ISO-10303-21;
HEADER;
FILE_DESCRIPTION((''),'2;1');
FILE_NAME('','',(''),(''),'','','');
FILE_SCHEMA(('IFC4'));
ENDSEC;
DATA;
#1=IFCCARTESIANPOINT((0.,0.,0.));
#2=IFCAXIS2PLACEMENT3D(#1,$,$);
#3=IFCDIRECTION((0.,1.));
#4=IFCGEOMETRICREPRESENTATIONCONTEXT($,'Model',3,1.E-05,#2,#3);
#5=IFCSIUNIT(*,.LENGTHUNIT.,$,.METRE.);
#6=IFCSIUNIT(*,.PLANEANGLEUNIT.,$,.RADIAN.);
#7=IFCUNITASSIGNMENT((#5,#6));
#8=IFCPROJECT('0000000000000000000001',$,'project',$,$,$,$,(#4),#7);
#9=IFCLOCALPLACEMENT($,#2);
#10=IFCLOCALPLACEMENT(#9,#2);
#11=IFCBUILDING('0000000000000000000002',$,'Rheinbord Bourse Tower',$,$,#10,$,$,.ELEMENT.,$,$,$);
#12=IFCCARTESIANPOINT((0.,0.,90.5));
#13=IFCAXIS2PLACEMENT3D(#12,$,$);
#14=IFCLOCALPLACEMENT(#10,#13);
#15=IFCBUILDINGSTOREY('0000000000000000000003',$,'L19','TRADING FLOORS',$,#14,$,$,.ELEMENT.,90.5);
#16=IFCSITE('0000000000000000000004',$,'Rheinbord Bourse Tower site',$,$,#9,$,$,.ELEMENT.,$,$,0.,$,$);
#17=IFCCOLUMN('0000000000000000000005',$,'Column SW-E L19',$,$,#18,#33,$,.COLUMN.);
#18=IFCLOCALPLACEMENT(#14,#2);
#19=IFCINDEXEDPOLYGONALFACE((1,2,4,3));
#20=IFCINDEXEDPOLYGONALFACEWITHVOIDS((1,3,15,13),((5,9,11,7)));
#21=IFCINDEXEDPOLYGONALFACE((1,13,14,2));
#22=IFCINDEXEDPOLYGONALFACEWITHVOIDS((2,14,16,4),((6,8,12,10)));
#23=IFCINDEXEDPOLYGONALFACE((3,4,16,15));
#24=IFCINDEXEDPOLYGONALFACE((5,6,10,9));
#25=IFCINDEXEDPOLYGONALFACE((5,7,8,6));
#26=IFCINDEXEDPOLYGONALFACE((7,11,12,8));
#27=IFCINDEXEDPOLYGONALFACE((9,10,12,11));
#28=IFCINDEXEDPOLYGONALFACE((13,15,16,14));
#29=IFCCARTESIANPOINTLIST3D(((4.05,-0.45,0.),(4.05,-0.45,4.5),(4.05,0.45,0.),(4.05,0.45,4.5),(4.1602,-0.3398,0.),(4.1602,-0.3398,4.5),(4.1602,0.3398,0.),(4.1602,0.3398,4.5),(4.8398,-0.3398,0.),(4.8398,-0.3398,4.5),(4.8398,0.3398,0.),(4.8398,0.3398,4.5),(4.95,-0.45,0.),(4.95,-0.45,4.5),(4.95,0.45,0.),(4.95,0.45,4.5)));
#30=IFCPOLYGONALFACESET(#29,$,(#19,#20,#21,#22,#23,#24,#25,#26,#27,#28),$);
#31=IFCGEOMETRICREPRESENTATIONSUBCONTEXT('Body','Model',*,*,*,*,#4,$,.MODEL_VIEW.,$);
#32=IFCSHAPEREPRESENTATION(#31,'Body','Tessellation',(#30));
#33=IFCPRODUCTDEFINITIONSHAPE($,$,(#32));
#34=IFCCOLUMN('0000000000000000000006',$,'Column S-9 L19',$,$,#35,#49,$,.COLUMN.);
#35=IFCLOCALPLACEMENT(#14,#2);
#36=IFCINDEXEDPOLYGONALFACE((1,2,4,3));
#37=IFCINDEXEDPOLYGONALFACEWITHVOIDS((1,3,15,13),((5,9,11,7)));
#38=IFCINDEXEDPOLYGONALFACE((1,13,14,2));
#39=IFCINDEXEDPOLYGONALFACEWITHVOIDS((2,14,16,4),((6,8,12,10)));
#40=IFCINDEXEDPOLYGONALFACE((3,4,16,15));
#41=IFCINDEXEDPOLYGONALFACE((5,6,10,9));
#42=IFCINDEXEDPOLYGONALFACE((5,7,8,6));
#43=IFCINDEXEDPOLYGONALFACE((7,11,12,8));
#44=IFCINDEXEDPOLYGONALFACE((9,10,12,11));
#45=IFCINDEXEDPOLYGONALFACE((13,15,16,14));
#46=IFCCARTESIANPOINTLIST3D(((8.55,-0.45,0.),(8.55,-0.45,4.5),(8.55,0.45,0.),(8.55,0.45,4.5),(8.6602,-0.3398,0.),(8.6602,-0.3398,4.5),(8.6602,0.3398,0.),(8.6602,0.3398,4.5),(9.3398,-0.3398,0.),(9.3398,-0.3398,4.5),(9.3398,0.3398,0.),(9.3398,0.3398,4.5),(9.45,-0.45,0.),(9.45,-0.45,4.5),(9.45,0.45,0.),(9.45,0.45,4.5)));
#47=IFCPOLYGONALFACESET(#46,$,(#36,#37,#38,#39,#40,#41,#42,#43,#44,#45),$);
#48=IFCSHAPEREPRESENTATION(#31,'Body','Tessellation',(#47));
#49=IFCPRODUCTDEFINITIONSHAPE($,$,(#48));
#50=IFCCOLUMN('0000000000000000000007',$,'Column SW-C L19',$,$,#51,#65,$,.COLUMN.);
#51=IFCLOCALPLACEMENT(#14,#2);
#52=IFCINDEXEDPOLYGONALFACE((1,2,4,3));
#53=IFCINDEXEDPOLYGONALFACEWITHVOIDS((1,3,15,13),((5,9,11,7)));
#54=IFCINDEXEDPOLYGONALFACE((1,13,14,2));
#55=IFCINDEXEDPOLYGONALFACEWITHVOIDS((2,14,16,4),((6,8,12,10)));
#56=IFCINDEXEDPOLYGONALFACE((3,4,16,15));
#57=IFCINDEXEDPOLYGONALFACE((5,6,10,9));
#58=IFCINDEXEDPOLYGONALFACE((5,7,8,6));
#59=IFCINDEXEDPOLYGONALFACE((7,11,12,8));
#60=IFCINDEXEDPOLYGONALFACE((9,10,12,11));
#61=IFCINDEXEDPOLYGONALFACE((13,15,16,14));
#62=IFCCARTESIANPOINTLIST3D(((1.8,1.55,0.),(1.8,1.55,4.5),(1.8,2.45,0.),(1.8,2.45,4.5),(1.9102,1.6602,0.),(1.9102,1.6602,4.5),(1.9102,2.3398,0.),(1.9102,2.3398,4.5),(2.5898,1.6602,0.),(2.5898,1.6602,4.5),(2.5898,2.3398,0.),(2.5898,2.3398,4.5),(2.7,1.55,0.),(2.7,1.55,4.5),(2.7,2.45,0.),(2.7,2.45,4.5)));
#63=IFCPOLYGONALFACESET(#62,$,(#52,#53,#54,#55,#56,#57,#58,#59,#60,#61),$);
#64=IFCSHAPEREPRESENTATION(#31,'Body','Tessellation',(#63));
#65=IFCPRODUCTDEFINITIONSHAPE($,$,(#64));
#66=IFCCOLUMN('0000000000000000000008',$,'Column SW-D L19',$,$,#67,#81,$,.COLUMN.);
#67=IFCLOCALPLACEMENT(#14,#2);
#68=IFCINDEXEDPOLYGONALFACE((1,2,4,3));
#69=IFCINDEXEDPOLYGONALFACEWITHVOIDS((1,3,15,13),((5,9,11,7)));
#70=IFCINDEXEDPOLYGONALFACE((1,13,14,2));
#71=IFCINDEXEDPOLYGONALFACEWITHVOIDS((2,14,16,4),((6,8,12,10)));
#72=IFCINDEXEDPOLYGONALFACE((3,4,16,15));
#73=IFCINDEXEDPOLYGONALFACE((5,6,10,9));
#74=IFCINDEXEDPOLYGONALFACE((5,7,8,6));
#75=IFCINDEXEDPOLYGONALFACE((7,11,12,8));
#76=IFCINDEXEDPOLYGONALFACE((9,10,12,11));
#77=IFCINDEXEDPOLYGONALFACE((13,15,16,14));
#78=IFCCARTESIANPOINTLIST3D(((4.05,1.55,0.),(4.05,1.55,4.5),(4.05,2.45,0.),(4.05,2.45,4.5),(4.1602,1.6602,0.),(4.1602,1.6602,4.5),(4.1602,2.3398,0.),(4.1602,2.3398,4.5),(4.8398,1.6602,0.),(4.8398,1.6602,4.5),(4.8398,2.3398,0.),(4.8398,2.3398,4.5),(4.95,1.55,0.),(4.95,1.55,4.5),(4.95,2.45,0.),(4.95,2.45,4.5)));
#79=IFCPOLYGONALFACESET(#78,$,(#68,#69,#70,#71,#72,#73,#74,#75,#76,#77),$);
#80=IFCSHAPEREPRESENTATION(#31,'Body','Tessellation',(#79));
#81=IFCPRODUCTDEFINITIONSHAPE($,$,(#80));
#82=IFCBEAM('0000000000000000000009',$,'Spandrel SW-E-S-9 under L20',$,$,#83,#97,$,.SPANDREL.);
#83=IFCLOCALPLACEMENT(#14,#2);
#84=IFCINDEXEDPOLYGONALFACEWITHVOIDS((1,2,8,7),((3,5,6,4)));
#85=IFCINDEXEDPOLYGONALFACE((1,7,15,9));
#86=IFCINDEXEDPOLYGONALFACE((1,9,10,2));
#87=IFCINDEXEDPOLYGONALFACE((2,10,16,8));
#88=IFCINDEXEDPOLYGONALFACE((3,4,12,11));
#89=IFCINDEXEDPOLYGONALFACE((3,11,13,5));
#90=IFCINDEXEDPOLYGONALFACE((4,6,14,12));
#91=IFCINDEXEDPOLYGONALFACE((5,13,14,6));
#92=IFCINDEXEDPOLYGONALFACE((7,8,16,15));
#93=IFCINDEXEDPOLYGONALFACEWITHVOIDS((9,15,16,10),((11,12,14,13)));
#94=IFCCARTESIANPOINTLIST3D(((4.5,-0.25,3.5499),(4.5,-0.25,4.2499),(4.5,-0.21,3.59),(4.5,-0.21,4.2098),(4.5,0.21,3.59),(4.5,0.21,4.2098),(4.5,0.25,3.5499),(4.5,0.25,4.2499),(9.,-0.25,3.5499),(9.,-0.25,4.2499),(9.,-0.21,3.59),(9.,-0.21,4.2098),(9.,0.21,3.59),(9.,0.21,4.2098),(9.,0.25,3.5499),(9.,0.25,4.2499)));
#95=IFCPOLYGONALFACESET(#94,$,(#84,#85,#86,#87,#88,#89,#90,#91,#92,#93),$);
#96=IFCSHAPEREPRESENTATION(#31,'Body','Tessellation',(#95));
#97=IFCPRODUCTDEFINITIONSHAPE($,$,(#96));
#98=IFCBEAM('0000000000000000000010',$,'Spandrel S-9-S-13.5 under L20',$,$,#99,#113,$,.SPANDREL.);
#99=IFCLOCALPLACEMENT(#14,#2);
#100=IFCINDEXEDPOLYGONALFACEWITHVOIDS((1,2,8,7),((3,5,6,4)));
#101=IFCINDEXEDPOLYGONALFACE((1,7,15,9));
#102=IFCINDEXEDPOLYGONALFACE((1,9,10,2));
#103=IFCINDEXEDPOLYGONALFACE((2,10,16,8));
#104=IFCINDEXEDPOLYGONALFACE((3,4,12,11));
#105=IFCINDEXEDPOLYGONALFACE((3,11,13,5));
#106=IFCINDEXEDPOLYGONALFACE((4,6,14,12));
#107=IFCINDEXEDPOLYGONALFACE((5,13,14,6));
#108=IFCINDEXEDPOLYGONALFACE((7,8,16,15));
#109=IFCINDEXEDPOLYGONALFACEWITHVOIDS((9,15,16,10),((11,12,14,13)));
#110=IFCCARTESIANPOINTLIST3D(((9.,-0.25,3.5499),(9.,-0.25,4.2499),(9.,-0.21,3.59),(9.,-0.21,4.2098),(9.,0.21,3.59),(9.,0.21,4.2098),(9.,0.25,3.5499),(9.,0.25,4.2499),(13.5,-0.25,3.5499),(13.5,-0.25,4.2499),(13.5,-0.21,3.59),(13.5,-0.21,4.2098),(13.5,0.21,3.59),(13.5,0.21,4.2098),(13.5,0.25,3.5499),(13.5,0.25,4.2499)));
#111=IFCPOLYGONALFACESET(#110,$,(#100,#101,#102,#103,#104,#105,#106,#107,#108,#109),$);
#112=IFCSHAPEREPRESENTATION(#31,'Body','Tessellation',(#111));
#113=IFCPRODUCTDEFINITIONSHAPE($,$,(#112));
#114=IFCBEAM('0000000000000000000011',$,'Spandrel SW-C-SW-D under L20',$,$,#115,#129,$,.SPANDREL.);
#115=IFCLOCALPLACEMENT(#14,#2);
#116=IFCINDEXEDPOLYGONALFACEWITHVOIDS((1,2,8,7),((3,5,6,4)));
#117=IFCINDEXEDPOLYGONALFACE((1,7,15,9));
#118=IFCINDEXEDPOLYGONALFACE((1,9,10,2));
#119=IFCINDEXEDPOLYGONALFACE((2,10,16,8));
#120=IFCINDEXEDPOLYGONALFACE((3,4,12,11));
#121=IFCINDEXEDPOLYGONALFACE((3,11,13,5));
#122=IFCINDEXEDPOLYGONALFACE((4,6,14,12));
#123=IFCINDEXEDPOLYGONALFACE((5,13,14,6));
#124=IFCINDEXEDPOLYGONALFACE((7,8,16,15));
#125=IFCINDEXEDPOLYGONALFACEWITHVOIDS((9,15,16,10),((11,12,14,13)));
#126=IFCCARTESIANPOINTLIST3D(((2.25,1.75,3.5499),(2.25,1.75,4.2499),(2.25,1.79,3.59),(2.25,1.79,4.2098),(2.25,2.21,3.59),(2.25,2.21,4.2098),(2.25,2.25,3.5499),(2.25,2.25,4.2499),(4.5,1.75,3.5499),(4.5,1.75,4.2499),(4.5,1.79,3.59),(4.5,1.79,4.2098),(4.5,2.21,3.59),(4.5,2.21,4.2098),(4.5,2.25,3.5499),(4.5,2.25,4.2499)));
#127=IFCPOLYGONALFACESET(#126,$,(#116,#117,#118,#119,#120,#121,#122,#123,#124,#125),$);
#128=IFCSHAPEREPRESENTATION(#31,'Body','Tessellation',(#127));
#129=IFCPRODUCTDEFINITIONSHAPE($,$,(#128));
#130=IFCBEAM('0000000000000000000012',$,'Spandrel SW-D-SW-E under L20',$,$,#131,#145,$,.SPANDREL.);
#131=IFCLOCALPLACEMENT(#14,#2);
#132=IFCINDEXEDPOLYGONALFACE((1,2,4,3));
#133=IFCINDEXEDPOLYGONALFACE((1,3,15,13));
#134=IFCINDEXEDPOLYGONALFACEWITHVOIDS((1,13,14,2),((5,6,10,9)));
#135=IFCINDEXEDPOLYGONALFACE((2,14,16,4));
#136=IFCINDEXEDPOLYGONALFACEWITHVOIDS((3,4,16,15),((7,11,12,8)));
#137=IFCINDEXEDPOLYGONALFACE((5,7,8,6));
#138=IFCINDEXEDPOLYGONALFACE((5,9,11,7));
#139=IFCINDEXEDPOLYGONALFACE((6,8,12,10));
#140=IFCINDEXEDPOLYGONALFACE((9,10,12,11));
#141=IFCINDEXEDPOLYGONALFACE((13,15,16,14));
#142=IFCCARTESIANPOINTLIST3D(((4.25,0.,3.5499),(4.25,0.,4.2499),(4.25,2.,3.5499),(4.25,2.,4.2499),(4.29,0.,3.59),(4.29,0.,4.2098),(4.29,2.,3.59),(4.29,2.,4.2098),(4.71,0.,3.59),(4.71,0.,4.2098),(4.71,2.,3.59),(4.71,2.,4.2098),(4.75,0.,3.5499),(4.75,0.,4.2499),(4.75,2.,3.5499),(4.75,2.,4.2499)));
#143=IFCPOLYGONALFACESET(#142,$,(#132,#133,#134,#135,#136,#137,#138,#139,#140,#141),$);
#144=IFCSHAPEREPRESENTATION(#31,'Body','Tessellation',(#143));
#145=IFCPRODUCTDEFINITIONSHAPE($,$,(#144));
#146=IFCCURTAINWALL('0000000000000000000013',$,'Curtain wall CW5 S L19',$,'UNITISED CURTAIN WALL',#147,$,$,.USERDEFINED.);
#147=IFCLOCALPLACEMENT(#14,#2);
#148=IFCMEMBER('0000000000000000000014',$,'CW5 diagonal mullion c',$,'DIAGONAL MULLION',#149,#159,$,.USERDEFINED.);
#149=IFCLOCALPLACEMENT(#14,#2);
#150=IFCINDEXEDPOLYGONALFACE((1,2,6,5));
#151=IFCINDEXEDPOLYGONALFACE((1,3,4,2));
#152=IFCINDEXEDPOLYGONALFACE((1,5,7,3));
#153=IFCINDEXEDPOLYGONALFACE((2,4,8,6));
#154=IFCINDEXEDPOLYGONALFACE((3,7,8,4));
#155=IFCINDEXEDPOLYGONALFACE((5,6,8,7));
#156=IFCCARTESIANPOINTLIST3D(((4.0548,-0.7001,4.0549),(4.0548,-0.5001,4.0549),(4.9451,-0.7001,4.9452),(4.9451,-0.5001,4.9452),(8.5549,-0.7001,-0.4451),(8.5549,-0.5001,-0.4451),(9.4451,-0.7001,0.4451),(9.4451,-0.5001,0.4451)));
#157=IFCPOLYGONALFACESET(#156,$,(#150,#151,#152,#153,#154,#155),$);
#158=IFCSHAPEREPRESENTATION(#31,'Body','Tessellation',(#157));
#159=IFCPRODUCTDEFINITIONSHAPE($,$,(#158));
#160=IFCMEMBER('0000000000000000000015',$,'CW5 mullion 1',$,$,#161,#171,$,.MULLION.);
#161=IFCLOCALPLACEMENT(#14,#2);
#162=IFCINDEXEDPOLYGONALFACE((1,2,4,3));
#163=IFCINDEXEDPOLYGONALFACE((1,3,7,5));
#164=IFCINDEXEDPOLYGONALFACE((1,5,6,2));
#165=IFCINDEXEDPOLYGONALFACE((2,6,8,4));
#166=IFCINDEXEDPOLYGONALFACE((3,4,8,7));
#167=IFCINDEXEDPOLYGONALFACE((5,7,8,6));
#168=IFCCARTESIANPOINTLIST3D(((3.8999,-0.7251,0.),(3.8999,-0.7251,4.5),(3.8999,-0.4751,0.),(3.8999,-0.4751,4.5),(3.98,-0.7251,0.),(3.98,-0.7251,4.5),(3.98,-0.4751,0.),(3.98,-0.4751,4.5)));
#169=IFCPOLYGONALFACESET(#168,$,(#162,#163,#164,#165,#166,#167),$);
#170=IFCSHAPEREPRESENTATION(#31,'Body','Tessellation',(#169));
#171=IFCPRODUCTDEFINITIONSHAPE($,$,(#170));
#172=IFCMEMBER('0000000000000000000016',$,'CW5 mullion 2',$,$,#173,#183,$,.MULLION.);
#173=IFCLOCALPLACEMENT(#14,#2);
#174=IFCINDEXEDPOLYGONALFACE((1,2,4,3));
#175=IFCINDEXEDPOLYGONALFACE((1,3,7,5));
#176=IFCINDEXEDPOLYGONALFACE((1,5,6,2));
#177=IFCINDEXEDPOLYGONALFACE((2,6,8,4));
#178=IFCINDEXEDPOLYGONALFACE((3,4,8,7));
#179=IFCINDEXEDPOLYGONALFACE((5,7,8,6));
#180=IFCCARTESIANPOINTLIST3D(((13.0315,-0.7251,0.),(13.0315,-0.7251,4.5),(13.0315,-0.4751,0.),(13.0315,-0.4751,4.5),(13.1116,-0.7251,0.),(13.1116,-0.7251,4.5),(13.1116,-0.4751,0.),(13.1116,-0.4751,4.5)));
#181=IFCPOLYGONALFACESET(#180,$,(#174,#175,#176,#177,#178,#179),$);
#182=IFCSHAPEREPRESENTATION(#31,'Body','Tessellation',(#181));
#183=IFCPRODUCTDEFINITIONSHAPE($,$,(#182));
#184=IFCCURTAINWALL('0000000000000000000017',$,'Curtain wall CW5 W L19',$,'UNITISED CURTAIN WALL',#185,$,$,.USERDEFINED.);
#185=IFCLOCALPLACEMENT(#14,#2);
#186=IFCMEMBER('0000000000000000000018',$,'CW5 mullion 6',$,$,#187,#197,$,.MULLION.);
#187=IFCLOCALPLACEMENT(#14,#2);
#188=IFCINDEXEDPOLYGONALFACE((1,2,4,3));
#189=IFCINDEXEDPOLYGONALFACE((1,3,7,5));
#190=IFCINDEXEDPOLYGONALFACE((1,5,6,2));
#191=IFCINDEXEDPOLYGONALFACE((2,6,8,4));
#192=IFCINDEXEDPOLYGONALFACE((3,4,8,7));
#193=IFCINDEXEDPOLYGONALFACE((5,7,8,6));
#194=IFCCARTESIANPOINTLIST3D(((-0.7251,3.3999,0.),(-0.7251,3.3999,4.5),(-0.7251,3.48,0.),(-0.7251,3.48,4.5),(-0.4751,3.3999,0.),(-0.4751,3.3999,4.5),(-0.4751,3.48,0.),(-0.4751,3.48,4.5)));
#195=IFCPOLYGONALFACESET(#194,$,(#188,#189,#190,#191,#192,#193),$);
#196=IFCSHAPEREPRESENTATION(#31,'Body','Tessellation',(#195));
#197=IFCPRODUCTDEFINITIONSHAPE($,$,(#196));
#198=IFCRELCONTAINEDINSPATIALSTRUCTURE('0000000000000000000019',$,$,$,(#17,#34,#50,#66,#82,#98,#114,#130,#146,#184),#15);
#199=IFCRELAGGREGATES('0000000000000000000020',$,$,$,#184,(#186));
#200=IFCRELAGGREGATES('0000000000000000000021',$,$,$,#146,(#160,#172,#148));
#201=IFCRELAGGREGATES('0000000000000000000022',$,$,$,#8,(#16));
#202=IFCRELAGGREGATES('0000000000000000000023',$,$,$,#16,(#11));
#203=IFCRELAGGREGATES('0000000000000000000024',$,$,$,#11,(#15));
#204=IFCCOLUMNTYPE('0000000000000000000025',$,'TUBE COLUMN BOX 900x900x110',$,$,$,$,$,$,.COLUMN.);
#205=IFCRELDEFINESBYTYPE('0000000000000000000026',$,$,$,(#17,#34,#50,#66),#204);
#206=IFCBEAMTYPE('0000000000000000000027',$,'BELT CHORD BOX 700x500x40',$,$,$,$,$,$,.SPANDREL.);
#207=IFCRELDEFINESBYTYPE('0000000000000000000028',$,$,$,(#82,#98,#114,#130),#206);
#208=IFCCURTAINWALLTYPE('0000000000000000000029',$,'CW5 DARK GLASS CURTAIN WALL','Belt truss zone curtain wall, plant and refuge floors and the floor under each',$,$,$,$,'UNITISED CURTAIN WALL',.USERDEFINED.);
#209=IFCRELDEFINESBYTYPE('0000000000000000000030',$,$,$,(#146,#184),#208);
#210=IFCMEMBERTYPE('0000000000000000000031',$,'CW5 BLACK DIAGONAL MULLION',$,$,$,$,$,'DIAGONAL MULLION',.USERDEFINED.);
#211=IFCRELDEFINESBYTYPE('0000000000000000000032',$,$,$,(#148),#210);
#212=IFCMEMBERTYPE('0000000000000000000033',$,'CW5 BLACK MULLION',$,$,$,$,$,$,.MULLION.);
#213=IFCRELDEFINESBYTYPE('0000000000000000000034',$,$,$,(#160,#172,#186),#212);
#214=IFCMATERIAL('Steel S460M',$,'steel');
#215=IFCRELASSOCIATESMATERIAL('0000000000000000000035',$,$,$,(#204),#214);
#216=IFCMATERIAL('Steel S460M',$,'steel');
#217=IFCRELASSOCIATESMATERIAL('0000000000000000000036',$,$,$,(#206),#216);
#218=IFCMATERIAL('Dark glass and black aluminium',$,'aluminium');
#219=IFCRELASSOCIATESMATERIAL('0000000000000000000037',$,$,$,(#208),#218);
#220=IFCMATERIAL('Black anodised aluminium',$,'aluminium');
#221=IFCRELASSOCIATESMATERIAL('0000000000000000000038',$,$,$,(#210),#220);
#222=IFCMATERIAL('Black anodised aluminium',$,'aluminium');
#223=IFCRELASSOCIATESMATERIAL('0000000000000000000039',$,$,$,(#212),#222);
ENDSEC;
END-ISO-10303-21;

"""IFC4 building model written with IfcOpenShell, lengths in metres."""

from ifc_helpers import new_model, si_unit, direction, frame, origin, origin_2d, place, context, subcontext, project, spatial, rectangle, hollow_rectangle, extrude, material, material_profile, profile_set, type_object, element, aggregate, save


model = new_model("IFC4")

# Units and contexts
model_context = context("Model", 3, precision=1e-05, world=origin(), true_north=direction((0.0, 1.0)))
body_context = subcontext(model_context, "Body", "Model", "MODEL_VIEW")
ifc_project = project(units=[si_unit("LENGTHUNIT", "METRE"), si_unit("PLANEANGLEUNIT", "RADIAN")], contexts=[model_context])

# Site, building, storey
site_placement = place(None, origin())
site = spatial("IfcSite", under=ifc_project, at=site_placement, Name="Rheinbord Bourse Tower site", CompositionType="ELEMENT", RefElevation=0.0)
building_placement = place(site_placement, origin())
building = spatial("IfcBuilding", under=site, at=building_placement, Name="Rheinbord Bourse Tower", CompositionType="ELEMENT")
storey_placement = place(building_placement, frame((0.0, 0.0, 90.5)))
storey = spatial("IfcBuildingStorey", under=building, at=storey_placement, Name="L19", Description="TRADING FLOORS", CompositionType="ELEMENT", Elevation=90.5)

# Columns
ifc_material_1 = material(Name="Steel S460M", Category="steel")
ifc_material_profile_1 = material_profile(ifc_material_1, hollow_rectangle(XDim=0.8999, YDim=0.8999, WallThickness=0.1101, at=origin_2d()), Name="BOX 900x900x110")
ifc_profile_set_1 = profile_set([ifc_material_profile_1], Name="Steel S460M")
column_type = type_object("IfcColumnType", Name="TUBE COLUMN BOX 900x900x110", PredefinedType="COLUMN", material=ifc_profile_set_1)
for number, where, z_axis, x_axis, name in (
    (1, (4.5, 0.0, 0.0), (0.0, 0.0, 1.0), (0.0, 1.0, 0.0), "Column SW-E L19"),
    (2, (9.0, 0.0, 0.0), (0.0, 0.0, 1.0), (0.0, 1.0, 0.0), "Column S-9 L19"),
    (3, (2.25, 2.0, 0.0), (0.0, 0.0, 1.0), (1.0, 0.0, 0.0), "Column SW-C L19"),
    (4, (4.5, 2.0, 0.0), (0.0, 0.0, 1.0), (0.0, 1.0, 0.0), "Column SW-D L19"),
):
    element("IfcColumn", number, at=place(storey_placement, frame(where, z_axis=z_axis, x_axis=x_axis)), inside=storey, type_object=column_type, Name=name, PredefinedType="COLUMN", context=body_context, shape_type="SweptSolid", body=[
        extrude(hollow_rectangle(XDim=0.8999, YDim=0.8999, WallThickness=0.1101, at=origin_2d()), origin(), (0.0, 0.0, 1.0), 4.5),
    ])

# Beams
ifc_material_2 = material(Name="Steel S460M", Category="steel")
ifc_material_profile_2 = material_profile(ifc_material_2, hollow_rectangle(XDim=0.5, YDim=0.7, WallThickness=0.04, at=origin_2d()), Name="BOX 700x500x40")
ifc_profile_set_2 = profile_set([ifc_material_profile_2], Name="Steel S460M")
beam_type_1 = type_object("IfcBeamType", Name="BELT CHORD BOX 700x500x40", PredefinedType="SPANDREL", material=ifc_profile_set_2)
for number, where, z_axis, x_axis, name in (
    (5, (4.5, 0.0, 3.8999), (1.0, 0.0, 0.0), (0.0, 1.0, 0.0), "Spandrel SW-E-S-9 under L20"),
    (6, (9.0, 0.0, 3.8999), (1.0, 0.0, 0.0), (0.0, 1.0, 0.0), "Spandrel S-9-S-13.5 under L20"),
):
    element("IfcBeam", number, at=place(storey_placement, frame(where, z_axis=z_axis, x_axis=x_axis)), inside=storey, type_object=beam_type_1, Name=name, PredefinedType="SPANDREL", context=body_context, shape_type="SweptSolid", body=[
        extrude(hollow_rectangle(XDim=0.5, YDim=0.7, WallThickness=0.04, at=origin_2d()), origin(), (0.0, 0.0, 1.0), 4.5),
    ])
beam_1_placement = place(storey_placement, frame((2.25, 2.0, 3.8999), z_axis=(1.0, 0.0, 0.0), x_axis=(0.0, 1.0, 0.0)))
element("IfcBeam", 7, at=beam_1_placement, inside=storey, type_object=beam_type_1, Name="Spandrel SW-C-SW-D under L20", PredefinedType="SPANDREL", context=body_context, shape_type="SweptSolid", body=[
    extrude(hollow_rectangle(XDim=0.5, YDim=0.7, WallThickness=0.04, at=origin_2d()), origin(), (0.0, 0.0, 1.0), 2.25),
])
beam_2_placement = place(storey_placement, frame((4.5, 2.0, 3.8999), z_axis=(0.0, -1.0, 0.0), x_axis=(1.0, 0.0, 0.0)))
element("IfcBeam", 8, at=beam_2_placement, inside=storey, type_object=beam_type_1, Name="Spandrel SW-D-SW-E under L20", PredefinedType="SPANDREL", context=body_context, shape_type="SweptSolid", body=[
    extrude(hollow_rectangle(XDim=0.5, YDim=0.7, WallThickness=0.04, at=origin_2d()), origin(), (0.0, 0.0, 1.0), 2.0),
])

# Curtain wall, members
ifc_material_3 = material(Name="Dark glass and black aluminium", Category="aluminium")
curtain_wall_type = type_object("IfcCurtainWallType", Name="CW5 DARK GLASS CURTAIN WALL", Description="Belt truss zone curtain wall, plant and refuge floors and the floor under each", ElementType="UNITISED CURTAIN WALL", PredefinedType="USERDEFINED", material=ifc_material_3)
curtain_wall_1_placement = place(storey_placement, origin())
curtain_wall_1 = element("IfcCurtainWall", 9, at=curtain_wall_1_placement, inside=storey, type_object=curtain_wall_type, Name="Curtain wall CW5 S L19", ObjectType="UNITISED CURTAIN WALL", PredefinedType="USERDEFINED")
ifc_material_4 = material(Name="Black anodised aluminium", Category="aluminium")
ifc_material_profile_3 = material_profile(ifc_material_4, rectangle(XDim=0.2, YDim=1.259, at=origin_2d()), Name="CW5 DIAGONAL MULLION 1259x200")
ifc_profile_set_3 = profile_set([ifc_material_profile_3], Name="Black anodised aluminium")
member_type_1 = type_object("IfcMemberType", Name="CW5 BLACK DIAGONAL MULLION", ElementType="DIAGONAL MULLION", PredefinedType="USERDEFINED", material=ifc_profile_set_3)
member_1_placement = place(storey_placement, frame((9.0, -0.6001, 0.0), z_axis=(-0.707107, 0.0, 0.707107), x_axis=(0.0, -1.0, 0.0)))
member_1 = element("IfcMember", 10, at=member_1_placement, type_object=member_type_1, Name="CW5 diagonal mullion c", ObjectType="DIAGONAL MULLION", PredefinedType="USERDEFINED", context=body_context, shape_type="SweptSolid", body=[
    extrude(rectangle(XDim=0.2, YDim=1.259, at=origin_2d()), origin(), (0.0, 0.0, 1.0), 6.364),
])
ifc_material_5 = material(Name="Black anodised aluminium", Category="aluminium")
ifc_material_profile_4 = material_profile(ifc_material_5, rectangle(XDim=0.25, YDim=0.0801, at=origin_2d()), Name="CW5 MULLION 80x250")
ifc_profile_set_4 = profile_set([ifc_material_profile_4], Name="Black anodised aluminium")
member_type_2 = type_object("IfcMemberType", Name="CW5 BLACK MULLION", PredefinedType="MULLION", material=ifc_profile_set_4)
member_2_placement = place(storey_placement, frame((3.9399, -0.6001, 0.0), z_axis=(0.0, 0.0, 1.0), x_axis=(0.0, 1.0, 0.0)))
member_2 = element("IfcMember", 11, at=member_2_placement, type_object=member_type_2, Name="CW5 mullion 1", PredefinedType="MULLION", context=body_context, shape_type="SweptSolid", body=[
    extrude(rectangle(XDim=0.25, YDim=0.0801, at=origin_2d()), origin(), (0.0, 0.0, 1.0), 4.5),
])
member_3_placement = place(storey_placement, frame((13.0715, -0.6001, 0.0), z_axis=(0.0, 0.0, 1.0), x_axis=(0.0, 1.0, 0.0)))
member_3 = element("IfcMember", 12, at=member_3_placement, type_object=member_type_2, Name="CW5 mullion 2", PredefinedType="MULLION", context=body_context, shape_type="SweptSolid", body=[
    extrude(rectangle(XDim=0.25, YDim=0.0801, at=origin_2d()), origin(), (0.0, 0.0, 1.0), 4.5),
])

# Curtain wall, member
curtain_wall_2_placement = place(storey_placement, origin())
curtain_wall_2 = element("IfcCurtainWall", 13, at=curtain_wall_2_placement, inside=storey, type_object=curtain_wall_type, Name="Curtain wall CW5 W L19", ObjectType="UNITISED CURTAIN WALL", PredefinedType="USERDEFINED")
member_4_placement = place(storey_placement, frame((-0.6001, 3.4399, 0.0), z_axis=(0.0, 0.0, 1.0), x_axis=(1.0, 0.0, 0.0)))
member_4 = element("IfcMember", 14, at=member_4_placement, type_object=member_type_2, Name="CW5 mullion 6", PredefinedType="MULLION", context=body_context, shape_type="SweptSolid", body=[
    extrude(rectangle(XDim=0.25, YDim=0.0801, at=origin_2d()), origin(), (0.0, 0.0, 1.0), 4.5),
])
aggregate(curtain_wall_2, [member_4])

aggregate(curtain_wall_1, [member_2, member_3, member_1])

save(model, "model.ifc")
